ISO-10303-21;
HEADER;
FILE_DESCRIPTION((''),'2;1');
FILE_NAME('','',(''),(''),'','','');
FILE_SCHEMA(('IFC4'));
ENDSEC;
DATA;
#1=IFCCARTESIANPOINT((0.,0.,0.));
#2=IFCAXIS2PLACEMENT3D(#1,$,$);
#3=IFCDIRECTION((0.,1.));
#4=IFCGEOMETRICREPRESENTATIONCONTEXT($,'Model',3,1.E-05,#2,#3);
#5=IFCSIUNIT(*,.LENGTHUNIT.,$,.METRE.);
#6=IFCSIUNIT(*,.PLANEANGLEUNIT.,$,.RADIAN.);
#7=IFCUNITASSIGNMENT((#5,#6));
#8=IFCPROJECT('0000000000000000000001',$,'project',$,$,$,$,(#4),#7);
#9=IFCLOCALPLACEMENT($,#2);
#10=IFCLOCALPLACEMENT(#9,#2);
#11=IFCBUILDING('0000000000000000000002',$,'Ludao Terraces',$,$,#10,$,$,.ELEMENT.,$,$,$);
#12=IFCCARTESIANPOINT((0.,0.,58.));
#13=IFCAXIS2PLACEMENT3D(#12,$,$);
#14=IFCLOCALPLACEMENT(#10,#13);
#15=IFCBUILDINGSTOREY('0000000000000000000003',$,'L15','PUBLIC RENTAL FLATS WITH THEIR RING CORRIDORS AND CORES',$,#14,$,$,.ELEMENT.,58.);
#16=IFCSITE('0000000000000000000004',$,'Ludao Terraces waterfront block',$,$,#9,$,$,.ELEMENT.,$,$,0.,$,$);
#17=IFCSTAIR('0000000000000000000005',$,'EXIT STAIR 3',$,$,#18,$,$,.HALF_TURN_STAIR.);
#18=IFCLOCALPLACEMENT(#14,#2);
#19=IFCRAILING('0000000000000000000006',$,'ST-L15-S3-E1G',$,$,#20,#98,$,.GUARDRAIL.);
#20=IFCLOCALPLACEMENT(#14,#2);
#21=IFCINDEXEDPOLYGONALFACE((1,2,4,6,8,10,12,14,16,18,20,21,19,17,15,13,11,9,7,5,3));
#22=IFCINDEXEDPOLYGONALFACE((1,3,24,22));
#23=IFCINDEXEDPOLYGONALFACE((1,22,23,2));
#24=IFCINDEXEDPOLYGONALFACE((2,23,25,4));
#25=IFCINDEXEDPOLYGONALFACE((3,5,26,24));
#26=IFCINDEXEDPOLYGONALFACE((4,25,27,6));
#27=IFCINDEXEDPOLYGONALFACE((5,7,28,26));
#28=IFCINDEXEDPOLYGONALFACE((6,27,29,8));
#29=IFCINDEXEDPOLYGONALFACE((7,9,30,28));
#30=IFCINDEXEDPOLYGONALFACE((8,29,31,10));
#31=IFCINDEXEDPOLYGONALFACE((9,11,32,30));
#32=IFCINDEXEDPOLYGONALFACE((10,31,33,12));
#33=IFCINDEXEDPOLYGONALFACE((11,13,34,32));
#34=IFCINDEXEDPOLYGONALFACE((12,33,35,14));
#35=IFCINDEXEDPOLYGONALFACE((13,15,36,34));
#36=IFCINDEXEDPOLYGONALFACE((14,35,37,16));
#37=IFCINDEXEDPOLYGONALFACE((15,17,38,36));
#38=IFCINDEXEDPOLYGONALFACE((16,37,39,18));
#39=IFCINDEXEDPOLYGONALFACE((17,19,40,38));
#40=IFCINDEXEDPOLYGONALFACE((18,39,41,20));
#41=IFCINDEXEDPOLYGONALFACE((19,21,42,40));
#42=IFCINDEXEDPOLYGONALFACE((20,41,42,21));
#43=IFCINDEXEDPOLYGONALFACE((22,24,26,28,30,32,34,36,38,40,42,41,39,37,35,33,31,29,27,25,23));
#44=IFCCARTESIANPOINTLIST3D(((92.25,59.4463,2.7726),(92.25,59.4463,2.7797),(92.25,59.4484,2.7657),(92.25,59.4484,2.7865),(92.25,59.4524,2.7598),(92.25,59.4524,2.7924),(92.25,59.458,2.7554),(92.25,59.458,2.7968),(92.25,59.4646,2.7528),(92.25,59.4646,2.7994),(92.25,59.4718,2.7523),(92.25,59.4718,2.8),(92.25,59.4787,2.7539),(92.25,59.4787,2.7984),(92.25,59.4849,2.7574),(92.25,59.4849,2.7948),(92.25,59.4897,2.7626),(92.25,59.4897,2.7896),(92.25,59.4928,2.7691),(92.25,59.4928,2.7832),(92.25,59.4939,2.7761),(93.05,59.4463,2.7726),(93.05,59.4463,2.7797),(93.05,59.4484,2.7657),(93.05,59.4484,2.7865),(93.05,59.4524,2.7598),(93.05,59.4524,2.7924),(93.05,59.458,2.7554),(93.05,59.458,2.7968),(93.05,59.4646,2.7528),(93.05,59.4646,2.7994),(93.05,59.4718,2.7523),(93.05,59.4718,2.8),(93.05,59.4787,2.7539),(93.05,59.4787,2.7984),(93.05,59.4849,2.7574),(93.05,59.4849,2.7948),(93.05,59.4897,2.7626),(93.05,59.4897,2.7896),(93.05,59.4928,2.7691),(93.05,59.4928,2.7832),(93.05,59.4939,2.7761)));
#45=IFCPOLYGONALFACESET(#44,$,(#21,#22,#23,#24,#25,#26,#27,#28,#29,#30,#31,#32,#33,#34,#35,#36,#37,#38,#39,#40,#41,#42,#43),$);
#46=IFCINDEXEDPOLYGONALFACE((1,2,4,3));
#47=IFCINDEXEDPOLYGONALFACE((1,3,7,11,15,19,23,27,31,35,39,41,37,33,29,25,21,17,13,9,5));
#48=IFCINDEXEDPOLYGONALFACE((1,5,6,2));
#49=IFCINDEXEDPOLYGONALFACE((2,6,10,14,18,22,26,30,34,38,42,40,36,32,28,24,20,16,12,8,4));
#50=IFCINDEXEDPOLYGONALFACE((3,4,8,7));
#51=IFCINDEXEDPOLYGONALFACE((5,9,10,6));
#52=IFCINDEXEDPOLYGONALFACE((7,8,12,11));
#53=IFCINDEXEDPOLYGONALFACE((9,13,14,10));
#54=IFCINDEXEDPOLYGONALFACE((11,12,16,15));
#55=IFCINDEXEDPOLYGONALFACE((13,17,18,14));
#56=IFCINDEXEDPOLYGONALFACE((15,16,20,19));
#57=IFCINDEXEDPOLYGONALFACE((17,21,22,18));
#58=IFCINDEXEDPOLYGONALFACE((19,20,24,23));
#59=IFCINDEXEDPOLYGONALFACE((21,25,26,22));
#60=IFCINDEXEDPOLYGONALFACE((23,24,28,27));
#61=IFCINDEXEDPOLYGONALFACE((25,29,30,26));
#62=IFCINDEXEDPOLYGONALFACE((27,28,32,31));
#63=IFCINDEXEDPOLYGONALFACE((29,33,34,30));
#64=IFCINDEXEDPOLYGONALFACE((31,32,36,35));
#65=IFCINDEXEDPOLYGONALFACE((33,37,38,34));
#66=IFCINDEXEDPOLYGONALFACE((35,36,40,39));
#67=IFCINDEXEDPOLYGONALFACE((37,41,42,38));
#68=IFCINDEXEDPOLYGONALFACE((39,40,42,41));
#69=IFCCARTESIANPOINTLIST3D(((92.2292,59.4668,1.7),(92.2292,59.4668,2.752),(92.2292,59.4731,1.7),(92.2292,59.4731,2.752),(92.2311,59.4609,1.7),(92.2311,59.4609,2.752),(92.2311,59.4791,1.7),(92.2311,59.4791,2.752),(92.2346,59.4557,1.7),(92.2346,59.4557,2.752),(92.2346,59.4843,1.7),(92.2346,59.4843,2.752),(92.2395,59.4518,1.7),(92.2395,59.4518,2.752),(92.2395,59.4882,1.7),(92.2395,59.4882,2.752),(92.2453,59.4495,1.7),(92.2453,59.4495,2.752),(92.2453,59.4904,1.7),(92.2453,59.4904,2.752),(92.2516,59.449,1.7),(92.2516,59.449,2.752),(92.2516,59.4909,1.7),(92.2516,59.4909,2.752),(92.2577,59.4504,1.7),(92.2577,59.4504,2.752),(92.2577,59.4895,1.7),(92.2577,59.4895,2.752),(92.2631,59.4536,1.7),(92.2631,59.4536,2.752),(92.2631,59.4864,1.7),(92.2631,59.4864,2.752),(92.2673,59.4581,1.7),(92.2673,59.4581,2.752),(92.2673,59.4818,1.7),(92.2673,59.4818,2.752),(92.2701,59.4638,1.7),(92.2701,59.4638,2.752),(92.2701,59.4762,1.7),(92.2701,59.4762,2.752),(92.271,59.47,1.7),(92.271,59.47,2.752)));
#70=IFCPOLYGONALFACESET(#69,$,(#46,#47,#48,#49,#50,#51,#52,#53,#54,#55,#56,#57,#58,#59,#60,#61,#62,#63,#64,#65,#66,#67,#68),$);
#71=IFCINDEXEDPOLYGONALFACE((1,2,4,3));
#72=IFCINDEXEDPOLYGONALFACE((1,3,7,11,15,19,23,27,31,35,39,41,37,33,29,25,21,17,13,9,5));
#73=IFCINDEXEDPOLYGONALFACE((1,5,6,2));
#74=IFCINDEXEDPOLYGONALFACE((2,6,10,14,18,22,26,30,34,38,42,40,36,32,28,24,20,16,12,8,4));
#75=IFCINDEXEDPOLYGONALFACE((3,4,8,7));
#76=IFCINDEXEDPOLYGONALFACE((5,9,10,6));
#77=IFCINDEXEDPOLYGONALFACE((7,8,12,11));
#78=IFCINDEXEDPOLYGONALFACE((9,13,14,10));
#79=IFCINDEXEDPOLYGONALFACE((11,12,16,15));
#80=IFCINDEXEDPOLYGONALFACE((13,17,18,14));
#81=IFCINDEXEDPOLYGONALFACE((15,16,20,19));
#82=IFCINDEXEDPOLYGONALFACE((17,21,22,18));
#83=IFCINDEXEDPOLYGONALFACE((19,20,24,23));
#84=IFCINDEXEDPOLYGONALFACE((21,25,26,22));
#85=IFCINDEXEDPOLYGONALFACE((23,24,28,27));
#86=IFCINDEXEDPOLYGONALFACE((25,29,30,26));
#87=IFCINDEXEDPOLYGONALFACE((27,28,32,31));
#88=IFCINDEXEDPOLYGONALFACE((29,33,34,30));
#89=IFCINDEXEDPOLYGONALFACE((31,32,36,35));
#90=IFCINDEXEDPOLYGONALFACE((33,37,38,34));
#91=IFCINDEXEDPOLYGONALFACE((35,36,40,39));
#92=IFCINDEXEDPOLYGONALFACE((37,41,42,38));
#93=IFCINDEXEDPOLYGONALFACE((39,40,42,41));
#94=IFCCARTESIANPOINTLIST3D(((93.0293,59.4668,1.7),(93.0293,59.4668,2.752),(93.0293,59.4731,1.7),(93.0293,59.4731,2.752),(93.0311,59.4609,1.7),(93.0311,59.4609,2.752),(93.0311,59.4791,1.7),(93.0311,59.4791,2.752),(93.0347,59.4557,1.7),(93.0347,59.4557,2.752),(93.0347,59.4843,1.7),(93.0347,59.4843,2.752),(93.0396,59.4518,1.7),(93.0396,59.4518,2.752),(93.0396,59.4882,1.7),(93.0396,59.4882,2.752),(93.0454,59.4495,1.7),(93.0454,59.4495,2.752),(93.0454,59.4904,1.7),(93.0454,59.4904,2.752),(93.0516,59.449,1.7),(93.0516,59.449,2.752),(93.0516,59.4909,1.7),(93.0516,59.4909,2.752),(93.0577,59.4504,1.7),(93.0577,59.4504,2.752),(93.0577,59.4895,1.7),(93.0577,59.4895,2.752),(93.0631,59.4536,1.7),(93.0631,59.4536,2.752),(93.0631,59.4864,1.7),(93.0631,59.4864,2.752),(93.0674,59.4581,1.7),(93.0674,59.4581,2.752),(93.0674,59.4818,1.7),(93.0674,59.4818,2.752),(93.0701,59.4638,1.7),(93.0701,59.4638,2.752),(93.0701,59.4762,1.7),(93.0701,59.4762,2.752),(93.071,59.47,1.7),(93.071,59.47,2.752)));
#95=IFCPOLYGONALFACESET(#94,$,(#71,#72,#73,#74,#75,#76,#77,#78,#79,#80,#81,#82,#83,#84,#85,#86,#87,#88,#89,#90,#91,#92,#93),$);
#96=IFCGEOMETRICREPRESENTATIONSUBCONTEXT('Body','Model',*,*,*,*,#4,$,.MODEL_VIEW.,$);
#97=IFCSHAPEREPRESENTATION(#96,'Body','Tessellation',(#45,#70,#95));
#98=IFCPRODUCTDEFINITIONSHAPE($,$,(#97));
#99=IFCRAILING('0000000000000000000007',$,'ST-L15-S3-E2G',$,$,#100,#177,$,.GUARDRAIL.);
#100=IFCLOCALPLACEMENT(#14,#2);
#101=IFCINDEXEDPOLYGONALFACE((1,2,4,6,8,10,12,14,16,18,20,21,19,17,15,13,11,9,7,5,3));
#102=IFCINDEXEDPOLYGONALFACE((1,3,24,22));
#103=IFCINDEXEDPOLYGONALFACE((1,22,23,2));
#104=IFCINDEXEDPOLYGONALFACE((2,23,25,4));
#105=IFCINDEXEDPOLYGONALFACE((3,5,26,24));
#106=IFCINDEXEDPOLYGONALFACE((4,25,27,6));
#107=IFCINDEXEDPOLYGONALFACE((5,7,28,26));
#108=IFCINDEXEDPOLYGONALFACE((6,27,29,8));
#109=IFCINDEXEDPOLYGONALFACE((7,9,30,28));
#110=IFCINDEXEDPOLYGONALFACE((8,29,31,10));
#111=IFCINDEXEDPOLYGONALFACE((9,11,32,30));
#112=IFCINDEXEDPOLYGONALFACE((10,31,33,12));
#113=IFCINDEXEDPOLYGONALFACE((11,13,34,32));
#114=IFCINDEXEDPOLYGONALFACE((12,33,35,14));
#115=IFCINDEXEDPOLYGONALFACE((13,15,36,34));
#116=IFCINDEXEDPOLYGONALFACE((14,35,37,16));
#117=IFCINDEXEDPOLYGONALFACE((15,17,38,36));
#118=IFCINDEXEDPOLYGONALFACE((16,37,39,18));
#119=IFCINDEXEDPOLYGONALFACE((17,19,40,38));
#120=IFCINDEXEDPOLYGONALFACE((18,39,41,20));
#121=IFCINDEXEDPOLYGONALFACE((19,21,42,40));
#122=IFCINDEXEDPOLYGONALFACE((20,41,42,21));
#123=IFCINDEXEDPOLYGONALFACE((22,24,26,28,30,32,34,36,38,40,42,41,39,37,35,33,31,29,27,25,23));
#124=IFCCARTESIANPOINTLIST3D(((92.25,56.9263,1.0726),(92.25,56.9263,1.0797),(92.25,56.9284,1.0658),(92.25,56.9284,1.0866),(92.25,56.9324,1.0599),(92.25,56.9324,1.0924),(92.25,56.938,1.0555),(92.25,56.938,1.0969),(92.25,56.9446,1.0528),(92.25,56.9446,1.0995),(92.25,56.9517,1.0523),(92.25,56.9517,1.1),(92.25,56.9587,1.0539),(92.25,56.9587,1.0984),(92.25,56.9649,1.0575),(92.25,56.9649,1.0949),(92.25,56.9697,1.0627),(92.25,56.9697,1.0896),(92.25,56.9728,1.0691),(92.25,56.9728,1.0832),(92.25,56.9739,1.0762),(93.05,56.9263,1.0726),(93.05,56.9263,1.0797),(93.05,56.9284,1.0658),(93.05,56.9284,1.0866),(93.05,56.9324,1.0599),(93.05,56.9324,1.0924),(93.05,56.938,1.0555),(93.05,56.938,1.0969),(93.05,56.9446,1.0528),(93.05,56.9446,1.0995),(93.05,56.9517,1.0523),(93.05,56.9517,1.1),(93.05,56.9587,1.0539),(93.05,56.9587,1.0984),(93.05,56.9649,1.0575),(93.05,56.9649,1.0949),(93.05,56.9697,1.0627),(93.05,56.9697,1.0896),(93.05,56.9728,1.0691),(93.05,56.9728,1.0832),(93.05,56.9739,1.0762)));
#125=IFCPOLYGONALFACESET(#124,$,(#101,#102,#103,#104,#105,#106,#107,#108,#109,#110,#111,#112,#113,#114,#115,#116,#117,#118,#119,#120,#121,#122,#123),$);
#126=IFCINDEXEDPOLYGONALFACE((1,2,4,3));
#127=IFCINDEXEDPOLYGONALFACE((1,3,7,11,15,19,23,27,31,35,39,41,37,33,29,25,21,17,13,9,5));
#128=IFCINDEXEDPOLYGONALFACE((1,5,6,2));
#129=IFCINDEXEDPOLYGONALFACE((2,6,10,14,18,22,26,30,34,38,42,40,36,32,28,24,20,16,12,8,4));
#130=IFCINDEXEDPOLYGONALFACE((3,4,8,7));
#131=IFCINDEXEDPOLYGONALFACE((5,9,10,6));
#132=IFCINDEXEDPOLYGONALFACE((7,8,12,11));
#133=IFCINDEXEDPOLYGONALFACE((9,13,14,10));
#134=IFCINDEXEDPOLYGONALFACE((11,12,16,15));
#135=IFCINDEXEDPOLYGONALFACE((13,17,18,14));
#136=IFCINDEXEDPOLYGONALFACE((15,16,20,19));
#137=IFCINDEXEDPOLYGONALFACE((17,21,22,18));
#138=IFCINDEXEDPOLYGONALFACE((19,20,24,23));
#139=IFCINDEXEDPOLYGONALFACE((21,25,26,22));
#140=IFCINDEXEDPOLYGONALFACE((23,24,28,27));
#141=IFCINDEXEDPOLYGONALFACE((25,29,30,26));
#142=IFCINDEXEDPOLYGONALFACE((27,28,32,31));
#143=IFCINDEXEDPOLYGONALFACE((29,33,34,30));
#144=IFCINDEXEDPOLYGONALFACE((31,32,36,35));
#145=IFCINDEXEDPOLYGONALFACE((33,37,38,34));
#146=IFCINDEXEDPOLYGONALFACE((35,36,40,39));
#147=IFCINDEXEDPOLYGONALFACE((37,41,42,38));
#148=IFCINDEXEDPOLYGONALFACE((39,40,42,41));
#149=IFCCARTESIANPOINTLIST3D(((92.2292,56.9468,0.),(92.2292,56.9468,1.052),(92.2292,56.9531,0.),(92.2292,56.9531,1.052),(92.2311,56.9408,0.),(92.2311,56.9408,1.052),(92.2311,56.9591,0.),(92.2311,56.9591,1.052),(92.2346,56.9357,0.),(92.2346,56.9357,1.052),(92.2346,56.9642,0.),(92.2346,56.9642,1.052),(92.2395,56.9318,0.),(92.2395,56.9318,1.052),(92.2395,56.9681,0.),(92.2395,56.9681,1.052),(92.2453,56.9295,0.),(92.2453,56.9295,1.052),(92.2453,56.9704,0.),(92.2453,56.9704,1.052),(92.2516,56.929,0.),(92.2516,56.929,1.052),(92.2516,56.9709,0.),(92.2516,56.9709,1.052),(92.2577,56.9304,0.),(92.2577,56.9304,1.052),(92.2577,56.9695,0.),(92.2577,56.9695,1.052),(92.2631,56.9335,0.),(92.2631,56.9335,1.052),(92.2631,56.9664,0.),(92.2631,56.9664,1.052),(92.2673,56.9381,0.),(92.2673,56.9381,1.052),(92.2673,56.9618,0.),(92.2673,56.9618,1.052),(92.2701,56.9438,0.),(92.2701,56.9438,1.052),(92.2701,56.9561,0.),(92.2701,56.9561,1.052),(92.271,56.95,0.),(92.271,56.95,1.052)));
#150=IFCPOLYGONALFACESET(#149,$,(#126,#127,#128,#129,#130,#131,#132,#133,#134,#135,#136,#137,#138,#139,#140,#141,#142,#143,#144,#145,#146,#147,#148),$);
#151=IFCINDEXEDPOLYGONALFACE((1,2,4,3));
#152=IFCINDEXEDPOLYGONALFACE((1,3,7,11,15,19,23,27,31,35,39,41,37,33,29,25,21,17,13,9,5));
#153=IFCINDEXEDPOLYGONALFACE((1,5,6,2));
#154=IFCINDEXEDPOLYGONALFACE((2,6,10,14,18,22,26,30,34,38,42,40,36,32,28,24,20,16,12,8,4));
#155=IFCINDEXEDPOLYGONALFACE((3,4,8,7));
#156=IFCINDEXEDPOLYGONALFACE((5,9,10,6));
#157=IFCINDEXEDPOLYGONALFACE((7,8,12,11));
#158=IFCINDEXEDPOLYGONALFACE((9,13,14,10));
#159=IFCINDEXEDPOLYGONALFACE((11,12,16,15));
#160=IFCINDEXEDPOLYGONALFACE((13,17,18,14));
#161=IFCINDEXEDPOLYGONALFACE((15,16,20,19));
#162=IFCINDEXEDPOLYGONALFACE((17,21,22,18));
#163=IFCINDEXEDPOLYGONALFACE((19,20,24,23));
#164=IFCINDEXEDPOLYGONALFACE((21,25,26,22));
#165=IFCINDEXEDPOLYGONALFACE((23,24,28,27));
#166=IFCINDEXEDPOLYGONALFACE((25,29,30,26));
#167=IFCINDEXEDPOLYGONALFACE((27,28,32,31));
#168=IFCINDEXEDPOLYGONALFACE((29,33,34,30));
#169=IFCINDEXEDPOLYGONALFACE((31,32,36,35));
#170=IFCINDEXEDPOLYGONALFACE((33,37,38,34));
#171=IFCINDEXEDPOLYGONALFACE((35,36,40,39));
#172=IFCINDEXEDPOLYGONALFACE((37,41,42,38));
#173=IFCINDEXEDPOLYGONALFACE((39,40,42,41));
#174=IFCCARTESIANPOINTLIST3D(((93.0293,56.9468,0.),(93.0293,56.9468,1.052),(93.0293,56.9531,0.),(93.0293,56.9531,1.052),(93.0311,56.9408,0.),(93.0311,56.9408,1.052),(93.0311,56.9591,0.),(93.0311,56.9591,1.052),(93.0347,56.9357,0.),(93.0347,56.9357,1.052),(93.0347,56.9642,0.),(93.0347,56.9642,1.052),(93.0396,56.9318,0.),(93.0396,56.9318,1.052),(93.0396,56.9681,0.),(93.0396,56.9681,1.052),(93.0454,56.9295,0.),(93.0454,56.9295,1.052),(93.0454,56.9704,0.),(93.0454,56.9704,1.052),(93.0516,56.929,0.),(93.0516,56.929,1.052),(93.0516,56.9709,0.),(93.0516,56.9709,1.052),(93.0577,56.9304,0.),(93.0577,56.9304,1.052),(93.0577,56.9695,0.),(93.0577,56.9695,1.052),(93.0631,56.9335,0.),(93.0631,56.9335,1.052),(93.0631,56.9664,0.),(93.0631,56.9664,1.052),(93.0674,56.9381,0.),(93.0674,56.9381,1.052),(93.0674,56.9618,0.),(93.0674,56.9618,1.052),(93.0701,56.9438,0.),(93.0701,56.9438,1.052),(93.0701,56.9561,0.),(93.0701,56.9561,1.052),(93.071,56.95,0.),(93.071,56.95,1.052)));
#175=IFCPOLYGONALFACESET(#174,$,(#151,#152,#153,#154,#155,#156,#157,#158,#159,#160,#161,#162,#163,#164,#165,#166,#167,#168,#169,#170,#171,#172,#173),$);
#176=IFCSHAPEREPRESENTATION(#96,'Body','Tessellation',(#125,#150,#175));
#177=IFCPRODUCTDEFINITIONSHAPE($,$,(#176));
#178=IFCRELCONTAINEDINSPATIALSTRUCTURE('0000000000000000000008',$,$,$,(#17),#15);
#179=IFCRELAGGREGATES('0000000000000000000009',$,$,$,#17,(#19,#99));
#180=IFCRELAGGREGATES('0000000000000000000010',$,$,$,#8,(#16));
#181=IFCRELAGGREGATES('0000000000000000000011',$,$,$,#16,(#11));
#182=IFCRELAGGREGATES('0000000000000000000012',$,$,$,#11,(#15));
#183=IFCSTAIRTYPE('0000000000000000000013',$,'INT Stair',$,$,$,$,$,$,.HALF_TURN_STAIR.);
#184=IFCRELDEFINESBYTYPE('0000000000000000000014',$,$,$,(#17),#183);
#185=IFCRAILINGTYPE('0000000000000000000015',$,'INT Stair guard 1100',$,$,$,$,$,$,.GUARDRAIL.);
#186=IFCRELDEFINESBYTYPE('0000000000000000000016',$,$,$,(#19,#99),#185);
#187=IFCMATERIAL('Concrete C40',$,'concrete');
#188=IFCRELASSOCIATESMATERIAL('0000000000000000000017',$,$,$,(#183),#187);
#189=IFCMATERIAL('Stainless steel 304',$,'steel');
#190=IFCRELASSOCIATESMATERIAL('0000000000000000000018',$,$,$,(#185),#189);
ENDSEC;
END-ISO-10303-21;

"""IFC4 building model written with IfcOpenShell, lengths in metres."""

from ifc_helpers import new_model, si_unit, direction, frame, origin, origin_2d, place, context, subcontext, project, spatial, circle, extrude, material, type_object, element, aggregate, save


model = new_model("IFC4")

# Units and contexts
model_context = context("Model", 3, precision=1e-05, world=origin(), true_north=direction((0.0, 1.0)))
body_context = subcontext(model_context, "Body", "Model", "MODEL_VIEW")
ifc_project = project(units=[si_unit("LENGTHUNIT", "METRE"), si_unit("PLANEANGLEUNIT", "RADIAN")], contexts=[model_context])

# Site, building, storey
site_placement = place(None, origin())
site = spatial("IfcSite", under=ifc_project, at=site_placement, Name="Ludao Terraces waterfront block", CompositionType="ELEMENT", RefElevation=0.0)
building_placement = place(site_placement, origin())
building = spatial("IfcBuilding", under=site, at=building_placement, Name="Ludao Terraces", CompositionType="ELEMENT")
storey_placement = place(building_placement, frame((0.0, 0.0, 58.0)))
storey = spatial("IfcBuildingStorey", under=building, at=storey_placement, Name="L15", Description="PUBLIC RENTAL FLATS WITH THEIR RING CORRIDORS AND CORES", CompositionType="ELEMENT", Elevation=58.0)

# Stair, railings
ifc_material_1 = material(Name="Concrete C40", Category="concrete")
stair_type = type_object("IfcStairType", Name="INT Stair", PredefinedType="HALF_TURN_STAIR", material=ifc_material_1)
stair_placement = place(storey_placement, origin())
stair = element("IfcStair", 1, at=stair_placement, inside=storey, type_object=stair_type, Name="EXIT STAIR 3", PredefinedType="HALF_TURN_STAIR")
ifc_material_2 = material(Name="Stainless steel 304", Category="steel")
railing_type_1 = type_object("IfcRailingType", Name="INT Stair guard 1100", PredefinedType="GUARDRAIL", material=ifc_material_2)
railing_1_placement = place(storey_placement, frame((92.25, 59.47, 1.7)))
railing_1 = element("IfcRailing", 2, at=railing_1_placement, type_object=railing_type_1, Name="ST-L15-S3-E1G", PredefinedType="GUARDRAIL", context=body_context, shape_type="SweptSolid", body=[
    extrude(circle(Radius=0.0239, at=origin_2d()), frame((0.0, 0.0, 1.0762), z_axis=(1.0, 0.0, 0.0), x_axis=(0.0, 1.0, 0.0)), (0.0, 0.0, 1.0), 0.8),
    extrude(circle(Radius=0.021, at=origin_2d()), origin(), (0.0, 0.0, 1.0), 1.052),
    extrude(circle(Radius=0.021, at=origin_2d()), frame((0.8, 0.0, 0.0)), (0.0, 0.0, 1.0), 1.052),
])
railing_2_placement = place(storey_placement, frame((92.25, 56.95, 0.0)))
railing_2 = element("IfcRailing", 3, at=railing_2_placement, type_object=railing_type_1, Name="ST-L15-S3-E2G", PredefinedType="GUARDRAIL", context=body_context, shape_type="SweptSolid", body=[
    extrude(circle(Radius=0.0239, at=origin_2d()), frame((0.0, 0.0, 1.0762), z_axis=(1.0, 0.0, 0.0), x_axis=(0.0, 1.0, 0.0)), (0.0, 0.0, 1.0), 0.8),
    extrude(circle(Radius=0.021, at=origin_2d()), origin(), (0.0, 0.0, 1.0), 1.052),
    extrude(circle(Radius=0.021, at=origin_2d()), frame((0.8, 0.0, 0.0)), (0.0, 0.0, 1.0), 1.052),
])
aggregate(stair, [railing_1, railing_2])

save(model, "model.ifc")
